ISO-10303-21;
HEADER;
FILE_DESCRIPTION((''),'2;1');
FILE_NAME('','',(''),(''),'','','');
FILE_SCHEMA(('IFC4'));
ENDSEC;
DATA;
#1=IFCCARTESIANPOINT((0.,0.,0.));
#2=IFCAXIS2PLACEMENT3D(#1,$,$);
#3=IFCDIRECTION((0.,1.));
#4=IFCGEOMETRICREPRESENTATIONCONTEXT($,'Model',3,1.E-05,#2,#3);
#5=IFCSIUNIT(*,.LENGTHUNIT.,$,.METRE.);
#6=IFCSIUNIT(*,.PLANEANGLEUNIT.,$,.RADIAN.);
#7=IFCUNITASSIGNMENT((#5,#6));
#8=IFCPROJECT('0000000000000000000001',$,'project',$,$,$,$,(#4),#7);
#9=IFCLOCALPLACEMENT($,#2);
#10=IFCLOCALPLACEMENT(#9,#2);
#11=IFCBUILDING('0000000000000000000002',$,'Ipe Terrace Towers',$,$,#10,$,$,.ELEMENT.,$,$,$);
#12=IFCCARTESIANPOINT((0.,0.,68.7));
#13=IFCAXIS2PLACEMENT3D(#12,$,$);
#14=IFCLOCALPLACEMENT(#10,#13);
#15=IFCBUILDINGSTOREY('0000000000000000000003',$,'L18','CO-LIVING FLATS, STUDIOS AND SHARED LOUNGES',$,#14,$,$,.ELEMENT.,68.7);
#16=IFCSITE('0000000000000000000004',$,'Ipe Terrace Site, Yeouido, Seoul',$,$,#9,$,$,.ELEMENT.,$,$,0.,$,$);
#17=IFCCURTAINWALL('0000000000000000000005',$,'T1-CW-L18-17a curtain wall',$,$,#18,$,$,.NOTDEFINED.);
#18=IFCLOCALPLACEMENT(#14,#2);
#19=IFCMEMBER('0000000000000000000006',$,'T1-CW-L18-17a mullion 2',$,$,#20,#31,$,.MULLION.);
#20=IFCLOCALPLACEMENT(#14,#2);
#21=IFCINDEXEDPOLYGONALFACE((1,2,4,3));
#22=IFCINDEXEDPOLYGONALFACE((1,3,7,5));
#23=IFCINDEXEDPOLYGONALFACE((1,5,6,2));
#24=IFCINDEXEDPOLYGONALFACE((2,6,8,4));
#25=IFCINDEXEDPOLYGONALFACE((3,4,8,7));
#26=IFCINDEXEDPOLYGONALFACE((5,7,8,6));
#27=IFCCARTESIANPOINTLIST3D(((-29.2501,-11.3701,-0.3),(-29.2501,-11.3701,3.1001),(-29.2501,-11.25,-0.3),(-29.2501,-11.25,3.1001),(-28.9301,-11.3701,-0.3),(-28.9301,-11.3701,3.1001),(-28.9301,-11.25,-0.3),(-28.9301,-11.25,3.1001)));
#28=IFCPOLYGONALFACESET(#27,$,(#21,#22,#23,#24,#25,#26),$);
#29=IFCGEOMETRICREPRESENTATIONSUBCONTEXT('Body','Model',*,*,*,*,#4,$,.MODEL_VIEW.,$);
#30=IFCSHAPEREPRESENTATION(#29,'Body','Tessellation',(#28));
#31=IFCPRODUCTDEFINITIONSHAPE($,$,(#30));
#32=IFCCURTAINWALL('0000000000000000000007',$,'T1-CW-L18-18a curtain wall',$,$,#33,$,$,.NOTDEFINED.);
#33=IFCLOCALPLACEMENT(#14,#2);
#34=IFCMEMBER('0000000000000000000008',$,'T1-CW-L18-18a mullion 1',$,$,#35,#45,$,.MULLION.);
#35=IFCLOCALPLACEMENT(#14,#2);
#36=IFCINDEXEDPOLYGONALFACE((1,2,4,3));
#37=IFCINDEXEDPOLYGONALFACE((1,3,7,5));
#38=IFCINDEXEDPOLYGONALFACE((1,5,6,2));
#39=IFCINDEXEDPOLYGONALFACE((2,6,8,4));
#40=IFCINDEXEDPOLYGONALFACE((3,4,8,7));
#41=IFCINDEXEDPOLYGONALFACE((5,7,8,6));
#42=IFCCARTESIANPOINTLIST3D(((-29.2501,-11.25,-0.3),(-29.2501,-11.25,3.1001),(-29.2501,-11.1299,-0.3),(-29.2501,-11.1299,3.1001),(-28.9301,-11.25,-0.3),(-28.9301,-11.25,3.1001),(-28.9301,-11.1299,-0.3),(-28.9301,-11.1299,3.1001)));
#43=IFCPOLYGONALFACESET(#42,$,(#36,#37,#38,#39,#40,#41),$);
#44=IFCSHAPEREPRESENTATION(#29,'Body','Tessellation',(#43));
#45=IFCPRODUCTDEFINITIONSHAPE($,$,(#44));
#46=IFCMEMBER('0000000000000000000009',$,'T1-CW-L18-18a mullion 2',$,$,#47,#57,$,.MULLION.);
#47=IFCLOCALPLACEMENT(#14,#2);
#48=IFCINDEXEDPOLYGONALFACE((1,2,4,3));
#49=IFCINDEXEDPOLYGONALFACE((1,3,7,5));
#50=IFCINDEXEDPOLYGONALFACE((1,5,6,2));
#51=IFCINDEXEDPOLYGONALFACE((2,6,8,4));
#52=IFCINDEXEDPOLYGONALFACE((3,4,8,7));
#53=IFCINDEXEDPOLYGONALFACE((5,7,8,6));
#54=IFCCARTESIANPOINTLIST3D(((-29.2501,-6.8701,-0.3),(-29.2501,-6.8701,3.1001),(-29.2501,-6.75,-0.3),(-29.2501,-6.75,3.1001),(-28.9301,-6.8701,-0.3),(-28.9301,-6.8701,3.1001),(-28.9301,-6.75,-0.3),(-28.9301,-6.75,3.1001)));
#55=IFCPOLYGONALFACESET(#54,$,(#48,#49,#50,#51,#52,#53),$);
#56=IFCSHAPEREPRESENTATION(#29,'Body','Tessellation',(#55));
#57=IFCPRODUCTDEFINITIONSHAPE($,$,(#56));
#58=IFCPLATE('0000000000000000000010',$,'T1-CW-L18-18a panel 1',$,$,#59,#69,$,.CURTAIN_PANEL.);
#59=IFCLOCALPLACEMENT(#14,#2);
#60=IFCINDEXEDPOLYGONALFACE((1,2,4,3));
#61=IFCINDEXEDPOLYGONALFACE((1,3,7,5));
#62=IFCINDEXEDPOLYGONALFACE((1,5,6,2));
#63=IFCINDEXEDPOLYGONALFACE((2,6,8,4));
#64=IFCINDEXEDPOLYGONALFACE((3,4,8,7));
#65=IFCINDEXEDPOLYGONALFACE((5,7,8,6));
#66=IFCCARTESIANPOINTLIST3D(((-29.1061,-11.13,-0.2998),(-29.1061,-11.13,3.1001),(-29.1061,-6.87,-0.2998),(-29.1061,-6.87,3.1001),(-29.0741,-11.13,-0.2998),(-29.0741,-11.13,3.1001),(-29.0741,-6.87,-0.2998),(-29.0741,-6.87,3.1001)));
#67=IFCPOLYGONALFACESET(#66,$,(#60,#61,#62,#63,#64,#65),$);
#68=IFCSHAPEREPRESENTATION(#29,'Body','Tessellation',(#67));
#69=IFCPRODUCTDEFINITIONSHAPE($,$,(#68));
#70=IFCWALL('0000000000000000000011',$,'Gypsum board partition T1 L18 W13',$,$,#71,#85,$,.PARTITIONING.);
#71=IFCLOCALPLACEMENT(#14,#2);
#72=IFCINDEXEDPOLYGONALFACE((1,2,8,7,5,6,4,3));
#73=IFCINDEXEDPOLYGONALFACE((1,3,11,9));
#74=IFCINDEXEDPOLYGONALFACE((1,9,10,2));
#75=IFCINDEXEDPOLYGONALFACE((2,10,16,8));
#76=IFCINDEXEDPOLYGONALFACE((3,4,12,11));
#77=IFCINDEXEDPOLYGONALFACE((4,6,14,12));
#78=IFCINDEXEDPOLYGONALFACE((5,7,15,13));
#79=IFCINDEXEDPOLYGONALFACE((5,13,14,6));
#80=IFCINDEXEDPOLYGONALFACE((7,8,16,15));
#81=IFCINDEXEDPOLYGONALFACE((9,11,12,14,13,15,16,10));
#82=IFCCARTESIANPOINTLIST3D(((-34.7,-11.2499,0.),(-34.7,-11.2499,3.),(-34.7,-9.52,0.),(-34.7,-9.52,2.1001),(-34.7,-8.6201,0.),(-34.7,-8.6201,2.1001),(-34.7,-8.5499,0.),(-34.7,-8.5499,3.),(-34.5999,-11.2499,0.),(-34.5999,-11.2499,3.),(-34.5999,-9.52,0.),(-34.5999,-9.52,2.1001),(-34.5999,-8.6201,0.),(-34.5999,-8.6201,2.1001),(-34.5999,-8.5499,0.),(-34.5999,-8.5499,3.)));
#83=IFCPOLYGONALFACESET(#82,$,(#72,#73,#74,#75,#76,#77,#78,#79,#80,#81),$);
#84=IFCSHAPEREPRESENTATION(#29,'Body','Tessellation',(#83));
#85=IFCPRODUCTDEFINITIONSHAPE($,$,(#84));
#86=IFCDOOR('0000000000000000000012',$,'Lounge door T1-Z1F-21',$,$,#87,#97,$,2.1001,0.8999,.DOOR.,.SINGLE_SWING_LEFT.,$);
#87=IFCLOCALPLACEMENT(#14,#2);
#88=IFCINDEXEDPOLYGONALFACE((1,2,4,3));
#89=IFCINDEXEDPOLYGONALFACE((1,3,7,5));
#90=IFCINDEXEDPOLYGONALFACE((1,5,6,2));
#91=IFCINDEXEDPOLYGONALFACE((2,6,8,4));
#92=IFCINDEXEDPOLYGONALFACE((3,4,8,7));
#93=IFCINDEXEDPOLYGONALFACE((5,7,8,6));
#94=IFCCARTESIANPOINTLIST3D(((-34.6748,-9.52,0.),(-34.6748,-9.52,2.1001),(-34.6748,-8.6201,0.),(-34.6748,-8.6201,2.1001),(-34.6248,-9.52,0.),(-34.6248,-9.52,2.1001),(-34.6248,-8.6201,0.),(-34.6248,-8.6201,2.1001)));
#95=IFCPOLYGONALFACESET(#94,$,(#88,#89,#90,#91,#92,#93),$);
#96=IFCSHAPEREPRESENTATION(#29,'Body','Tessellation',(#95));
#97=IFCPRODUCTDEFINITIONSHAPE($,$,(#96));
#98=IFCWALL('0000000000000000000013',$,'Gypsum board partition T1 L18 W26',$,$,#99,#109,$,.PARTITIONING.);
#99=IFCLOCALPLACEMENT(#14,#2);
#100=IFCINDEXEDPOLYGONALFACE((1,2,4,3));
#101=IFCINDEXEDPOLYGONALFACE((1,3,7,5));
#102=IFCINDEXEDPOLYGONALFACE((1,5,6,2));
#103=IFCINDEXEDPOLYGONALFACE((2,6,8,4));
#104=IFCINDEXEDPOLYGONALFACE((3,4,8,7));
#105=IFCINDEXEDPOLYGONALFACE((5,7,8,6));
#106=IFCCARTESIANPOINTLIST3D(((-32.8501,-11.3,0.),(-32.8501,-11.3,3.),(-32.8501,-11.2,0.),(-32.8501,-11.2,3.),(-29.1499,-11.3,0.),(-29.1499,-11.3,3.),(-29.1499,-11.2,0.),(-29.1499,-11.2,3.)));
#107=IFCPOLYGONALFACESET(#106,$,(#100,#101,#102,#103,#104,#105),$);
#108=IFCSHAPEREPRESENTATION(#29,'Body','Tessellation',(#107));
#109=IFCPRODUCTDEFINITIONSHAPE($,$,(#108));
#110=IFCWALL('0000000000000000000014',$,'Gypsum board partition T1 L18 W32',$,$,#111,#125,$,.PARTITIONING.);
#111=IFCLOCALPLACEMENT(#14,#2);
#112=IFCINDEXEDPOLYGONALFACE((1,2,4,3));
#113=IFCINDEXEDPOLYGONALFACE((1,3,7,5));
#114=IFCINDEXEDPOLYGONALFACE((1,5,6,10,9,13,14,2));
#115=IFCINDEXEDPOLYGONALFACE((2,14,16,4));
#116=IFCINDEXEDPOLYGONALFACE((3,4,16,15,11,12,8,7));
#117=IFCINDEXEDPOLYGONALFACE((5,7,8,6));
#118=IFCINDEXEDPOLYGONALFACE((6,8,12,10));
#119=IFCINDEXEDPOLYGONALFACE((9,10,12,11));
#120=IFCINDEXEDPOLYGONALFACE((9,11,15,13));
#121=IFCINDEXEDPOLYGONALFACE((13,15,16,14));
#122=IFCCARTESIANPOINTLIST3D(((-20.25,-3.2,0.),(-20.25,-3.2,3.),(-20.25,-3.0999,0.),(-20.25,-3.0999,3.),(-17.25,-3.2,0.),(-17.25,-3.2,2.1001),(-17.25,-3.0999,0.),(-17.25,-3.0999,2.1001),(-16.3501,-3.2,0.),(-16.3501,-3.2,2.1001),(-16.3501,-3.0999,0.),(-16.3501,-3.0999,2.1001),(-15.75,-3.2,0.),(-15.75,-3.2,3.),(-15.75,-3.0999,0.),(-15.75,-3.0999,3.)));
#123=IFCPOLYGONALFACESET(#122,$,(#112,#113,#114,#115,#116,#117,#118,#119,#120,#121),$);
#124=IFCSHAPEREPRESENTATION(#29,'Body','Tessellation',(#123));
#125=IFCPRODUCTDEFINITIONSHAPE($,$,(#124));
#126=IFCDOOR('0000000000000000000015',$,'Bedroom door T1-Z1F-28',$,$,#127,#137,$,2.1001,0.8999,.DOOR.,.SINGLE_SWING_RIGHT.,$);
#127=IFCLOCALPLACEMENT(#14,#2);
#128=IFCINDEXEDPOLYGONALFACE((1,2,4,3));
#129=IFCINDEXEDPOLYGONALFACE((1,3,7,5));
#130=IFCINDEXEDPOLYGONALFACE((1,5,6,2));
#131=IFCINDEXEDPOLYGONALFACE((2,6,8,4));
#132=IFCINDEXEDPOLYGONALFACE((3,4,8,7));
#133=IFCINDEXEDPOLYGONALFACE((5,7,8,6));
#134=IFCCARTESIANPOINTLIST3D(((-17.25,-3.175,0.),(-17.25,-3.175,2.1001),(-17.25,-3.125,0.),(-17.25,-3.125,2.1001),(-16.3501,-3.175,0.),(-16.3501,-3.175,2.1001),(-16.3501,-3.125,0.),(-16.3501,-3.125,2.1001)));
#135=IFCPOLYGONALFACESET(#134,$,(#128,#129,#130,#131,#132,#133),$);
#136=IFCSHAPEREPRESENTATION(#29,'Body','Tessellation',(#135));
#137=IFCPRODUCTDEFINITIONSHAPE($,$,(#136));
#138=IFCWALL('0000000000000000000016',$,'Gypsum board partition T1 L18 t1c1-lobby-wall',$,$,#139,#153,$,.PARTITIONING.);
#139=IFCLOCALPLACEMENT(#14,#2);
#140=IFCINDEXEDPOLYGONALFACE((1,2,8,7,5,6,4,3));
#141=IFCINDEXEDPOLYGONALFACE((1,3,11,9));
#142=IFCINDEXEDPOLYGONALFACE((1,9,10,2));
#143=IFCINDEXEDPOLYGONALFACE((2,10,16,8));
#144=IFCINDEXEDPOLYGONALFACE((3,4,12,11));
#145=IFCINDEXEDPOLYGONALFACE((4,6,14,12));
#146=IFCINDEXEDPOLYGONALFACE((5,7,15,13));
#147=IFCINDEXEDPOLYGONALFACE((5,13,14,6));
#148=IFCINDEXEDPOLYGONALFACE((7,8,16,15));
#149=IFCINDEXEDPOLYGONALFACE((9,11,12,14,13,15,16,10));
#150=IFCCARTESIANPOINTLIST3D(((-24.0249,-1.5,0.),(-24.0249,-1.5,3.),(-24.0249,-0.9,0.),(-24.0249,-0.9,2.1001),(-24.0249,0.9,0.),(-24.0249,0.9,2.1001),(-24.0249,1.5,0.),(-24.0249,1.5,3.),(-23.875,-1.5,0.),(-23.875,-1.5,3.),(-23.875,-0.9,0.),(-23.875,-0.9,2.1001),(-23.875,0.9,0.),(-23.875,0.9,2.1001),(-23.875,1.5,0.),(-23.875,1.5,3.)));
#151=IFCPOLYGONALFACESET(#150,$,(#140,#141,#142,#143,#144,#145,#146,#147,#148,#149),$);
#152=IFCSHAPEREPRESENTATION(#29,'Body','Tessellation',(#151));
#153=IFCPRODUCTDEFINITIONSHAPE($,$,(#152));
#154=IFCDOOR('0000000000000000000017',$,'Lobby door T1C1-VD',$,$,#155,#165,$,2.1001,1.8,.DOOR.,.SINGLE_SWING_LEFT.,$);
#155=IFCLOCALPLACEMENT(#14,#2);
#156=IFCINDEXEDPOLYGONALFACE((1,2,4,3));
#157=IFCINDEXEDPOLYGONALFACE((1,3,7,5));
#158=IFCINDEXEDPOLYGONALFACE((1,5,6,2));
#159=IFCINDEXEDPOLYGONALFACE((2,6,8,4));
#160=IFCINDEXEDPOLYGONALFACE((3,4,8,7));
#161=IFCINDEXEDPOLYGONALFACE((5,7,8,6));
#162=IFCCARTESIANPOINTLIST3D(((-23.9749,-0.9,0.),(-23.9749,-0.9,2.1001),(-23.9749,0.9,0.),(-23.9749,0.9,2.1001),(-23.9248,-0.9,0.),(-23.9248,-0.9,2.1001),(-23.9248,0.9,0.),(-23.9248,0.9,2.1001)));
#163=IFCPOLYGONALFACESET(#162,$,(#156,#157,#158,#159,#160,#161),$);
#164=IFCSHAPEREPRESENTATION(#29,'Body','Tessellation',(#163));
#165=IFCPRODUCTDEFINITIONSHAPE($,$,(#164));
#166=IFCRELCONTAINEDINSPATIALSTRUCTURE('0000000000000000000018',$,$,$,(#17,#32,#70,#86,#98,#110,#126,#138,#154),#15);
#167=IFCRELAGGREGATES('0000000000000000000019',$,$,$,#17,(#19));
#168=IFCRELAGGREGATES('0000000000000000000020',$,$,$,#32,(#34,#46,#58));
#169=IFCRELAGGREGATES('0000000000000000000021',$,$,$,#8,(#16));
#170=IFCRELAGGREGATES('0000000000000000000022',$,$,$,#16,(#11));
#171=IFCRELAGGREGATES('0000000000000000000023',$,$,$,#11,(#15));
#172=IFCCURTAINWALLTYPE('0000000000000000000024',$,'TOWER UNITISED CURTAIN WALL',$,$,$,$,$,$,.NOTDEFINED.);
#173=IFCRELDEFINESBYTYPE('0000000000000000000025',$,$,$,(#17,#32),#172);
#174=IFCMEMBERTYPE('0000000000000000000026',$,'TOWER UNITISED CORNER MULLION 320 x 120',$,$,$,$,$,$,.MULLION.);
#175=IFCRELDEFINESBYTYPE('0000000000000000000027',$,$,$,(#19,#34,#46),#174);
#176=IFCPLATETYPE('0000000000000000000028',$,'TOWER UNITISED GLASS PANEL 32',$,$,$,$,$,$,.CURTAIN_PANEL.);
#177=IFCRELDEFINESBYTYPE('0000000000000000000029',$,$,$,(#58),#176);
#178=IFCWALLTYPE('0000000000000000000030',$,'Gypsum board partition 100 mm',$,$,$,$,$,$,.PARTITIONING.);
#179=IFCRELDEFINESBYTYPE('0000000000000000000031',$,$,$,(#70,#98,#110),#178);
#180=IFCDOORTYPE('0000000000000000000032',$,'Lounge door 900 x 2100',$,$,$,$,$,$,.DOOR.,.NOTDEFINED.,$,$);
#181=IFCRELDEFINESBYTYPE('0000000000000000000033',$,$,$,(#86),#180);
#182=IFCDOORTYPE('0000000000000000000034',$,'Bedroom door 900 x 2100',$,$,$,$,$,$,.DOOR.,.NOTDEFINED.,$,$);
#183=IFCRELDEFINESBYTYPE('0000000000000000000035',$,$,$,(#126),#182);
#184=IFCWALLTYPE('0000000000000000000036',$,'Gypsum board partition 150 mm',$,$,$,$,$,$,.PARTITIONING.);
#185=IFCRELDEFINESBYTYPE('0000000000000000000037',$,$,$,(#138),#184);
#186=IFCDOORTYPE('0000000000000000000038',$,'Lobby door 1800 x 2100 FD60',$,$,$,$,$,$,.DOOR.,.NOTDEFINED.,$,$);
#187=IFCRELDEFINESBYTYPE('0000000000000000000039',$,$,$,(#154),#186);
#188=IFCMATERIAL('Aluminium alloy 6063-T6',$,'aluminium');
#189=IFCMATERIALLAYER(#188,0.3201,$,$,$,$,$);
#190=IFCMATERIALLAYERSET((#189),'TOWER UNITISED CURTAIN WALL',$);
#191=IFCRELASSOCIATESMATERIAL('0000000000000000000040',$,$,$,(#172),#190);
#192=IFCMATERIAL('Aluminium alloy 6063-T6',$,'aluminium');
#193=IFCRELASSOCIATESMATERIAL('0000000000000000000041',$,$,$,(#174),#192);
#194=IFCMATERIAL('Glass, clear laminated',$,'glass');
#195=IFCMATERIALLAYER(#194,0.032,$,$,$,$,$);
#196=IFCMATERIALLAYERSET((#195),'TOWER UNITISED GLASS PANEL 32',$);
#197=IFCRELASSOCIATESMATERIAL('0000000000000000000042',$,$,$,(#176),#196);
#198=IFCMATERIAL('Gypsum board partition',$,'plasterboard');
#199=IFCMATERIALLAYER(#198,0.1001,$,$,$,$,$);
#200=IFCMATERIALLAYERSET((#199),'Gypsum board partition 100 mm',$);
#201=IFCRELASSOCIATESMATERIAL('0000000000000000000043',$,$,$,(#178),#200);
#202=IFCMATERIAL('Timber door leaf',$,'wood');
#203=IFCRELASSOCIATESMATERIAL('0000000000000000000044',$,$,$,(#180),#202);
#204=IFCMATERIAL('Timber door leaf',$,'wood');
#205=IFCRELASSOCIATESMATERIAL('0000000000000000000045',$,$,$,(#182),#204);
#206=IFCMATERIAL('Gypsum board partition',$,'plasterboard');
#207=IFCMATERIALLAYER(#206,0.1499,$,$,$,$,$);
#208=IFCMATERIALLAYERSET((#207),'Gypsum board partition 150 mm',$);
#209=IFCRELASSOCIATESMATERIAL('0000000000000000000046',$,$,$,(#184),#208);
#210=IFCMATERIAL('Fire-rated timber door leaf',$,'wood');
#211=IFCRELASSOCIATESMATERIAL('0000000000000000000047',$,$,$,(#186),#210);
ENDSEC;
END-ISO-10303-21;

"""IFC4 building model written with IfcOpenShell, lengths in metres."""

from ifc_helpers import new_model, si_unit, direction, frame, frame_2d, origin, origin_2d, place, context, subcontext, project, spatial, rectangle, extrude, material, layer, layer_set, material_profile, profile_set, type_object, element, fill, aggregate, save


model = new_model("IFC4")

# Units and contexts
model_context = context("Model", 3, precision=1e-05, world=origin(), true_north=direction((0.0, 1.0)))
body_context = subcontext(model_context, "Body", "Model", "MODEL_VIEW")
ifc_project = project(units=[si_unit("LENGTHUNIT", "METRE"), si_unit("PLANEANGLEUNIT", "RADIAN")], contexts=[model_context])

# Site, building, storey
site_placement = place(None, origin())
site = spatial("IfcSite", under=ifc_project, at=site_placement, Name="Ipe Terrace Site, Yeouido, Seoul", CompositionType="ELEMENT", RefElevation=0.0)
building_placement = place(site_placement, origin())
building = spatial("IfcBuilding", under=site, at=building_placement, Name="Ipe Terrace Towers", CompositionType="ELEMENT")
storey_placement = place(building_placement, frame((0.0, 0.0, 68.7)))
storey = spatial("IfcBuildingStorey", under=building, at=storey_placement, Name="L18", Description="CO-LIVING FLATS, STUDIOS AND SHARED LOUNGES", CompositionType="ELEMENT", Elevation=68.7)

# Curtain wall, member
ifc_material_1 = material(Name="Aluminium alloy 6063-T6", Category="aluminium")
ifc_layer_1 = layer(ifc_material_1, 0.3201)
ifc_layer_set_1 = layer_set([ifc_layer_1], Name="TOWER UNITISED CURTAIN WALL")
curtain_wall_type = type_object("IfcCurtainWallType", Name="TOWER UNITISED CURTAIN WALL", PredefinedType="NOTDEFINED", material=ifc_layer_set_1)
curtain_wall_1_placement = place(storey_placement, origin())
curtain_wall_1 = element("IfcCurtainWall", 1, at=curtain_wall_1_placement, inside=storey, type_object=curtain_wall_type, Name="T1-CW-L18-17a curtain wall", PredefinedType="NOTDEFINED")
ifc_material_2 = material(Name="Aluminium alloy 6063-T6", Category="aluminium")
ifc_material_profile_1 = material_profile(ifc_material_2, rectangle(XDim=0.3201, YDim=0.1201, at=origin_2d()), Name="TOWER UNITISED CORNER MULLION 320 x 120")
ifc_profile_set_1 = profile_set([ifc_material_profile_1], Name="Aluminium alloy 6063-T6")
member_type = type_object("IfcMemberType", Name="TOWER UNITISED CORNER MULLION 320 x 120", PredefinedType="MULLION", material=ifc_profile_set_1)
member_1_placement = place(storey_placement, frame((-29.0901, -11.3101, -0.3), z_axis=(0.0, 0.0, 1.0), x_axis=(1.0, 0.0, 0.0)))
member_1 = element("IfcMember", 2, at=member_1_placement, type_object=member_type, Name="T1-CW-L18-17a mullion 2", PredefinedType="MULLION", context=body_context, shape_type="SweptSolid", body=[
    extrude(rectangle(XDim=0.3201, YDim=0.1201, at=origin_2d()), origin(), (0.0, 0.0, 1.0), 3.4001),
])
aggregate(curtain_wall_1, [member_1])

# Curtain wall, members, plate
curtain_wall_2_placement = place(storey_placement, origin())
curtain_wall_2 = element("IfcCurtainWall", 3, at=curtain_wall_2_placement, inside=storey, type_object=curtain_wall_type, Name="T1-CW-L18-18a curtain wall", PredefinedType="NOTDEFINED")
member_2_placement = place(storey_placement, frame((-29.0901, -11.1899, -0.3), z_axis=(0.0, 0.0, 1.0), x_axis=(1.0, 0.0, 0.0)))
member_2 = element("IfcMember", 4, at=member_2_placement, type_object=member_type, Name="T1-CW-L18-18a mullion 1", PredefinedType="MULLION", context=body_context, shape_type="SweptSolid", body=[
    extrude(rectangle(XDim=0.3201, YDim=0.1201, at=origin_2d()), origin(), (0.0, 0.0, 1.0), 3.4001),
])
member_3_placement = place(storey_placement, frame((-29.0901, -6.8101, -0.3), z_axis=(0.0, 0.0, 1.0), x_axis=(1.0, 0.0, 0.0)))
member_3 = element("IfcMember", 5, at=member_3_placement, type_object=member_type, Name="T1-CW-L18-18a mullion 2", PredefinedType="MULLION", context=body_context, shape_type="SweptSolid", body=[
    extrude(rectangle(XDim=0.3201, YDim=0.1201, at=origin_2d()), origin(), (0.0, 0.0, 1.0), 3.4001),
])
ifc_material_3 = material(Name="Glass, clear laminated", Category="glass")
ifc_layer_2 = layer(ifc_material_3, 0.032)
ifc_layer_set_2 = layer_set([ifc_layer_2], Name="TOWER UNITISED GLASS PANEL 32")
plate_type = type_object("IfcPlateType", Name="TOWER UNITISED GLASS PANEL 32", PredefinedType="CURTAIN_PANEL", material=ifc_layer_set_2)
plate_placement = place(storey_placement, frame((-29.0901, -9.0, -0.2998), z_axis=(0.0, 0.0, 1.0), x_axis=(0.0, 1.0, 0.0)))
plate = element("IfcPlate", 6, at=plate_placement, type_object=plate_type, Name="T1-CW-L18-18a panel 1", PredefinedType="CURTAIN_PANEL", context=body_context, shape_type="SweptSolid", body=[
    extrude(rectangle(XDim=4.26, YDim=0.032, at=origin_2d()), origin(), (0.0, 0.0, 1.0), 3.3999),
])
aggregate(curtain_wall_2, [member_2, member_3, plate])

# Wall, opening, door
ifc_material_4 = material(Name="Gypsum board partition", Category="plasterboard")
ifc_layer_3 = layer(ifc_material_4, 0.1001)
ifc_layer_set_3 = layer_set([ifc_layer_3], Name="Gypsum board partition 100 mm")
wall_type_1 = type_object("IfcWallType", Name="Gypsum board partition 100 mm", PredefinedType="PARTITIONING", material=ifc_layer_set_3)
wall_1_placement = place(storey_placement, frame((-34.6499, -11.25, 0.0), z_axis=(0.0, 0.0, 1.0), x_axis=(0.0, 1.0, 0.0)))
wall_1 = element("IfcWall", 7, at=wall_1_placement, inside=storey, type_object=wall_type_1, Name="Gypsum board partition T1 L18 W13", PredefinedType="PARTITIONING", context=body_context, shape_type="SweptSolid", body=[
    extrude(rectangle(XDim=2.7, YDim=0.1001, at=frame_2d((1.3501, 0.0))), origin(), (0.0, 0.0, 1.0), 3.0),
])
opening_1_placement = place(wall_1_placement, frame((1.73, 0.0, 0.0)))
opening_1 = element("IfcOpeningElement", 8, at=opening_1_placement, cuts=wall_1, PredefinedType="OPENING", context=body_context, shape_type="SweptSolid", body=[
    extrude(rectangle(XDim=0.8999, YDim=2.1001, at=frame_2d((0.45, 1.05))), frame((0.0, 0.0601, 0.0), z_axis=(0.0, -1.0, 0.0), x_axis=(1.0, 0.0, 0.0)), (0.0, 0.0, 1.0), 0.1201),
])
ifc_material_5 = material(Name="Timber door leaf", Category="wood")
door_type_1 = type_object("IfcDoorType", Name="Lounge door 900 x 2100", OperationType="NOTDEFINED", PredefinedType="DOOR", material=ifc_material_5)
door_1_placement = place(opening_1_placement, origin())
door_1 = element("IfcDoor", 9, at=door_1_placement, inside=storey, type_object=door_type_1, Name="Lounge door T1-Z1F-21", OperationType="SINGLE_SWING_LEFT", OverallHeight=2.1001, OverallWidth=0.8999, PredefinedType="DOOR", context=body_context, shape_type="SweptSolid", body=[
    extrude(rectangle(XDim=0.8999, YDim=2.1001, at=frame_2d((0.45, 1.05))), frame((0.0, 0.0249, 0.0), z_axis=(0.0, -1.0, 0.0), x_axis=(1.0, 0.0, 0.0)), (0.0, 0.0, 1.0), 0.05),
])
fill(opening_1, door_1)

# Wall
wall_2_placement = place(storey_placement, frame((-32.8501, -11.25, 0.0), z_axis=(0.0, 0.0, 1.0), x_axis=(1.0, 0.0, 0.0)))
element("IfcWall", 10, at=wall_2_placement, inside=storey, type_object=wall_type_1, Name="Gypsum board partition T1 L18 W26", PredefinedType="PARTITIONING", context=body_context, shape_type="SweptSolid", body=[
    extrude(rectangle(XDim=3.7002, YDim=0.1001, at=frame_2d((1.8501, 0.0))), origin(), (0.0, 0.0, 1.0), 3.0),
])

# Walls, openings, doors
wall_3_placement = place(storey_placement, frame((-20.25, -3.1499, 0.0), z_axis=(0.0, 0.0, 1.0), x_axis=(1.0, 0.0, 0.0)))
wall_3 = element("IfcWall", 11, at=wall_3_placement, inside=storey, type_object=wall_type_1, Name="Gypsum board partition T1 L18 W32", PredefinedType="PARTITIONING", context=body_context, shape_type="SweptSolid", body=[
    extrude(rectangle(XDim=4.5, YDim=0.1001, at=frame_2d((2.25, 0.0))), origin(), (0.0, 0.0, 1.0), 3.0),
])
opening_2_placement = place(wall_3_placement, frame((3.0, 0.0, 0.0)))
opening_2 = element("IfcOpeningElement", 12, at=opening_2_placement, cuts=wall_3, PredefinedType="OPENING", context=body_context, shape_type="SweptSolid", body=[
    extrude(rectangle(XDim=0.8999, YDim=2.1001, at=frame_2d((0.45, 1.05))), frame((0.0, 0.0601, 0.0), z_axis=(0.0, -1.0, 0.0), x_axis=(1.0, 0.0, 0.0)), (0.0, 0.0, 1.0), 0.1201),
])
ifc_material_6 = material(Name="Timber door leaf", Category="wood")
door_type_2 = type_object("IfcDoorType", Name="Bedroom door 900 x 2100", OperationType="NOTDEFINED", PredefinedType="DOOR", material=ifc_material_6)
door_2_placement = place(opening_2_placement, origin())
door_2 = element("IfcDoor", 13, at=door_2_placement, inside=storey, type_object=door_type_2, Name="Bedroom door T1-Z1F-28", OperationType="SINGLE_SWING_RIGHT", OverallHeight=2.1001, OverallWidth=0.8999, PredefinedType="DOOR", context=body_context, shape_type="SweptSolid", body=[
    extrude(rectangle(XDim=0.8999, YDim=2.1001, at=frame_2d((0.45, 1.05))), frame((0.0, 0.0249, 0.0), z_axis=(0.0, -1.0, 0.0), x_axis=(1.0, 0.0, 0.0)), (0.0, 0.0, 1.0), 0.05),
])
fill(opening_2, door_2)
ifc_material_7 = material(Name="Gypsum board partition", Category="plasterboard")
ifc_layer_4 = layer(ifc_material_7, 0.1499)
ifc_layer_set_4 = layer_set([ifc_layer_4], Name="Gypsum board partition 150 mm")
wall_type_2 = type_object("IfcWallType", Name="Gypsum board partition 150 mm", PredefinedType="PARTITIONING", material=ifc_layer_set_4)
wall_4_placement = place(storey_placement, frame((-23.95, -1.5, 0.0), z_axis=(0.0, 0.0, 1.0), x_axis=(0.0, 1.0, 0.0)))
wall_4 = element("IfcWall", 14, at=wall_4_placement, inside=storey, type_object=wall_type_2, Name="Gypsum board partition T1 L18 t1c1-lobby-wall", PredefinedType="PARTITIONING", context=body_context, shape_type="SweptSolid", body=[
    extrude(rectangle(XDim=3.0, YDim=0.1499, at=frame_2d((1.5, 0.0))), origin(), (0.0, 0.0, 1.0), 3.0),
])
opening_3_placement = place(wall_4_placement, frame((0.6001, 0.0, 0.0)))
opening_3 = element("IfcOpeningElement", 15, at=opening_3_placement, cuts=wall_4, PredefinedType="OPENING", context=body_context, shape_type="SweptSolid", body=[
    extrude(rectangle(XDim=1.8, YDim=2.1001, at=frame_2d((0.8999, 1.05))), frame((0.0, 0.085, 0.0), z_axis=(0.0, -1.0, 0.0), x_axis=(1.0, 0.0, 0.0)), (0.0, 0.0, 1.0), 0.1699),
])
ifc_material_8 = material(Name="Fire-rated timber door leaf", Category="wood")
door_type_3 = type_object("IfcDoorType", Name="Lobby door 1800 x 2100 FD60", OperationType="NOTDEFINED", PredefinedType="DOOR", material=ifc_material_8)
door_3_placement = place(opening_3_placement, origin())
door_3 = element("IfcDoor", 16, at=door_3_placement, inside=storey, type_object=door_type_3, Name="Lobby door T1C1-VD", OperationType="SINGLE_SWING_LEFT", OverallHeight=2.1001, OverallWidth=1.8, PredefinedType="DOOR", context=body_context, shape_type="SweptSolid", body=[
    extrude(rectangle(XDim=1.8, YDim=2.1001, at=frame_2d((0.8999, 1.05))), frame((0.0, 0.0249, 0.0), z_axis=(0.0, -1.0, 0.0), x_axis=(1.0, 0.0, 0.0)), (0.0, 0.0, 1.0), 0.05),
])
fill(opening_3, door_3)

save(model, "model.ifc")
